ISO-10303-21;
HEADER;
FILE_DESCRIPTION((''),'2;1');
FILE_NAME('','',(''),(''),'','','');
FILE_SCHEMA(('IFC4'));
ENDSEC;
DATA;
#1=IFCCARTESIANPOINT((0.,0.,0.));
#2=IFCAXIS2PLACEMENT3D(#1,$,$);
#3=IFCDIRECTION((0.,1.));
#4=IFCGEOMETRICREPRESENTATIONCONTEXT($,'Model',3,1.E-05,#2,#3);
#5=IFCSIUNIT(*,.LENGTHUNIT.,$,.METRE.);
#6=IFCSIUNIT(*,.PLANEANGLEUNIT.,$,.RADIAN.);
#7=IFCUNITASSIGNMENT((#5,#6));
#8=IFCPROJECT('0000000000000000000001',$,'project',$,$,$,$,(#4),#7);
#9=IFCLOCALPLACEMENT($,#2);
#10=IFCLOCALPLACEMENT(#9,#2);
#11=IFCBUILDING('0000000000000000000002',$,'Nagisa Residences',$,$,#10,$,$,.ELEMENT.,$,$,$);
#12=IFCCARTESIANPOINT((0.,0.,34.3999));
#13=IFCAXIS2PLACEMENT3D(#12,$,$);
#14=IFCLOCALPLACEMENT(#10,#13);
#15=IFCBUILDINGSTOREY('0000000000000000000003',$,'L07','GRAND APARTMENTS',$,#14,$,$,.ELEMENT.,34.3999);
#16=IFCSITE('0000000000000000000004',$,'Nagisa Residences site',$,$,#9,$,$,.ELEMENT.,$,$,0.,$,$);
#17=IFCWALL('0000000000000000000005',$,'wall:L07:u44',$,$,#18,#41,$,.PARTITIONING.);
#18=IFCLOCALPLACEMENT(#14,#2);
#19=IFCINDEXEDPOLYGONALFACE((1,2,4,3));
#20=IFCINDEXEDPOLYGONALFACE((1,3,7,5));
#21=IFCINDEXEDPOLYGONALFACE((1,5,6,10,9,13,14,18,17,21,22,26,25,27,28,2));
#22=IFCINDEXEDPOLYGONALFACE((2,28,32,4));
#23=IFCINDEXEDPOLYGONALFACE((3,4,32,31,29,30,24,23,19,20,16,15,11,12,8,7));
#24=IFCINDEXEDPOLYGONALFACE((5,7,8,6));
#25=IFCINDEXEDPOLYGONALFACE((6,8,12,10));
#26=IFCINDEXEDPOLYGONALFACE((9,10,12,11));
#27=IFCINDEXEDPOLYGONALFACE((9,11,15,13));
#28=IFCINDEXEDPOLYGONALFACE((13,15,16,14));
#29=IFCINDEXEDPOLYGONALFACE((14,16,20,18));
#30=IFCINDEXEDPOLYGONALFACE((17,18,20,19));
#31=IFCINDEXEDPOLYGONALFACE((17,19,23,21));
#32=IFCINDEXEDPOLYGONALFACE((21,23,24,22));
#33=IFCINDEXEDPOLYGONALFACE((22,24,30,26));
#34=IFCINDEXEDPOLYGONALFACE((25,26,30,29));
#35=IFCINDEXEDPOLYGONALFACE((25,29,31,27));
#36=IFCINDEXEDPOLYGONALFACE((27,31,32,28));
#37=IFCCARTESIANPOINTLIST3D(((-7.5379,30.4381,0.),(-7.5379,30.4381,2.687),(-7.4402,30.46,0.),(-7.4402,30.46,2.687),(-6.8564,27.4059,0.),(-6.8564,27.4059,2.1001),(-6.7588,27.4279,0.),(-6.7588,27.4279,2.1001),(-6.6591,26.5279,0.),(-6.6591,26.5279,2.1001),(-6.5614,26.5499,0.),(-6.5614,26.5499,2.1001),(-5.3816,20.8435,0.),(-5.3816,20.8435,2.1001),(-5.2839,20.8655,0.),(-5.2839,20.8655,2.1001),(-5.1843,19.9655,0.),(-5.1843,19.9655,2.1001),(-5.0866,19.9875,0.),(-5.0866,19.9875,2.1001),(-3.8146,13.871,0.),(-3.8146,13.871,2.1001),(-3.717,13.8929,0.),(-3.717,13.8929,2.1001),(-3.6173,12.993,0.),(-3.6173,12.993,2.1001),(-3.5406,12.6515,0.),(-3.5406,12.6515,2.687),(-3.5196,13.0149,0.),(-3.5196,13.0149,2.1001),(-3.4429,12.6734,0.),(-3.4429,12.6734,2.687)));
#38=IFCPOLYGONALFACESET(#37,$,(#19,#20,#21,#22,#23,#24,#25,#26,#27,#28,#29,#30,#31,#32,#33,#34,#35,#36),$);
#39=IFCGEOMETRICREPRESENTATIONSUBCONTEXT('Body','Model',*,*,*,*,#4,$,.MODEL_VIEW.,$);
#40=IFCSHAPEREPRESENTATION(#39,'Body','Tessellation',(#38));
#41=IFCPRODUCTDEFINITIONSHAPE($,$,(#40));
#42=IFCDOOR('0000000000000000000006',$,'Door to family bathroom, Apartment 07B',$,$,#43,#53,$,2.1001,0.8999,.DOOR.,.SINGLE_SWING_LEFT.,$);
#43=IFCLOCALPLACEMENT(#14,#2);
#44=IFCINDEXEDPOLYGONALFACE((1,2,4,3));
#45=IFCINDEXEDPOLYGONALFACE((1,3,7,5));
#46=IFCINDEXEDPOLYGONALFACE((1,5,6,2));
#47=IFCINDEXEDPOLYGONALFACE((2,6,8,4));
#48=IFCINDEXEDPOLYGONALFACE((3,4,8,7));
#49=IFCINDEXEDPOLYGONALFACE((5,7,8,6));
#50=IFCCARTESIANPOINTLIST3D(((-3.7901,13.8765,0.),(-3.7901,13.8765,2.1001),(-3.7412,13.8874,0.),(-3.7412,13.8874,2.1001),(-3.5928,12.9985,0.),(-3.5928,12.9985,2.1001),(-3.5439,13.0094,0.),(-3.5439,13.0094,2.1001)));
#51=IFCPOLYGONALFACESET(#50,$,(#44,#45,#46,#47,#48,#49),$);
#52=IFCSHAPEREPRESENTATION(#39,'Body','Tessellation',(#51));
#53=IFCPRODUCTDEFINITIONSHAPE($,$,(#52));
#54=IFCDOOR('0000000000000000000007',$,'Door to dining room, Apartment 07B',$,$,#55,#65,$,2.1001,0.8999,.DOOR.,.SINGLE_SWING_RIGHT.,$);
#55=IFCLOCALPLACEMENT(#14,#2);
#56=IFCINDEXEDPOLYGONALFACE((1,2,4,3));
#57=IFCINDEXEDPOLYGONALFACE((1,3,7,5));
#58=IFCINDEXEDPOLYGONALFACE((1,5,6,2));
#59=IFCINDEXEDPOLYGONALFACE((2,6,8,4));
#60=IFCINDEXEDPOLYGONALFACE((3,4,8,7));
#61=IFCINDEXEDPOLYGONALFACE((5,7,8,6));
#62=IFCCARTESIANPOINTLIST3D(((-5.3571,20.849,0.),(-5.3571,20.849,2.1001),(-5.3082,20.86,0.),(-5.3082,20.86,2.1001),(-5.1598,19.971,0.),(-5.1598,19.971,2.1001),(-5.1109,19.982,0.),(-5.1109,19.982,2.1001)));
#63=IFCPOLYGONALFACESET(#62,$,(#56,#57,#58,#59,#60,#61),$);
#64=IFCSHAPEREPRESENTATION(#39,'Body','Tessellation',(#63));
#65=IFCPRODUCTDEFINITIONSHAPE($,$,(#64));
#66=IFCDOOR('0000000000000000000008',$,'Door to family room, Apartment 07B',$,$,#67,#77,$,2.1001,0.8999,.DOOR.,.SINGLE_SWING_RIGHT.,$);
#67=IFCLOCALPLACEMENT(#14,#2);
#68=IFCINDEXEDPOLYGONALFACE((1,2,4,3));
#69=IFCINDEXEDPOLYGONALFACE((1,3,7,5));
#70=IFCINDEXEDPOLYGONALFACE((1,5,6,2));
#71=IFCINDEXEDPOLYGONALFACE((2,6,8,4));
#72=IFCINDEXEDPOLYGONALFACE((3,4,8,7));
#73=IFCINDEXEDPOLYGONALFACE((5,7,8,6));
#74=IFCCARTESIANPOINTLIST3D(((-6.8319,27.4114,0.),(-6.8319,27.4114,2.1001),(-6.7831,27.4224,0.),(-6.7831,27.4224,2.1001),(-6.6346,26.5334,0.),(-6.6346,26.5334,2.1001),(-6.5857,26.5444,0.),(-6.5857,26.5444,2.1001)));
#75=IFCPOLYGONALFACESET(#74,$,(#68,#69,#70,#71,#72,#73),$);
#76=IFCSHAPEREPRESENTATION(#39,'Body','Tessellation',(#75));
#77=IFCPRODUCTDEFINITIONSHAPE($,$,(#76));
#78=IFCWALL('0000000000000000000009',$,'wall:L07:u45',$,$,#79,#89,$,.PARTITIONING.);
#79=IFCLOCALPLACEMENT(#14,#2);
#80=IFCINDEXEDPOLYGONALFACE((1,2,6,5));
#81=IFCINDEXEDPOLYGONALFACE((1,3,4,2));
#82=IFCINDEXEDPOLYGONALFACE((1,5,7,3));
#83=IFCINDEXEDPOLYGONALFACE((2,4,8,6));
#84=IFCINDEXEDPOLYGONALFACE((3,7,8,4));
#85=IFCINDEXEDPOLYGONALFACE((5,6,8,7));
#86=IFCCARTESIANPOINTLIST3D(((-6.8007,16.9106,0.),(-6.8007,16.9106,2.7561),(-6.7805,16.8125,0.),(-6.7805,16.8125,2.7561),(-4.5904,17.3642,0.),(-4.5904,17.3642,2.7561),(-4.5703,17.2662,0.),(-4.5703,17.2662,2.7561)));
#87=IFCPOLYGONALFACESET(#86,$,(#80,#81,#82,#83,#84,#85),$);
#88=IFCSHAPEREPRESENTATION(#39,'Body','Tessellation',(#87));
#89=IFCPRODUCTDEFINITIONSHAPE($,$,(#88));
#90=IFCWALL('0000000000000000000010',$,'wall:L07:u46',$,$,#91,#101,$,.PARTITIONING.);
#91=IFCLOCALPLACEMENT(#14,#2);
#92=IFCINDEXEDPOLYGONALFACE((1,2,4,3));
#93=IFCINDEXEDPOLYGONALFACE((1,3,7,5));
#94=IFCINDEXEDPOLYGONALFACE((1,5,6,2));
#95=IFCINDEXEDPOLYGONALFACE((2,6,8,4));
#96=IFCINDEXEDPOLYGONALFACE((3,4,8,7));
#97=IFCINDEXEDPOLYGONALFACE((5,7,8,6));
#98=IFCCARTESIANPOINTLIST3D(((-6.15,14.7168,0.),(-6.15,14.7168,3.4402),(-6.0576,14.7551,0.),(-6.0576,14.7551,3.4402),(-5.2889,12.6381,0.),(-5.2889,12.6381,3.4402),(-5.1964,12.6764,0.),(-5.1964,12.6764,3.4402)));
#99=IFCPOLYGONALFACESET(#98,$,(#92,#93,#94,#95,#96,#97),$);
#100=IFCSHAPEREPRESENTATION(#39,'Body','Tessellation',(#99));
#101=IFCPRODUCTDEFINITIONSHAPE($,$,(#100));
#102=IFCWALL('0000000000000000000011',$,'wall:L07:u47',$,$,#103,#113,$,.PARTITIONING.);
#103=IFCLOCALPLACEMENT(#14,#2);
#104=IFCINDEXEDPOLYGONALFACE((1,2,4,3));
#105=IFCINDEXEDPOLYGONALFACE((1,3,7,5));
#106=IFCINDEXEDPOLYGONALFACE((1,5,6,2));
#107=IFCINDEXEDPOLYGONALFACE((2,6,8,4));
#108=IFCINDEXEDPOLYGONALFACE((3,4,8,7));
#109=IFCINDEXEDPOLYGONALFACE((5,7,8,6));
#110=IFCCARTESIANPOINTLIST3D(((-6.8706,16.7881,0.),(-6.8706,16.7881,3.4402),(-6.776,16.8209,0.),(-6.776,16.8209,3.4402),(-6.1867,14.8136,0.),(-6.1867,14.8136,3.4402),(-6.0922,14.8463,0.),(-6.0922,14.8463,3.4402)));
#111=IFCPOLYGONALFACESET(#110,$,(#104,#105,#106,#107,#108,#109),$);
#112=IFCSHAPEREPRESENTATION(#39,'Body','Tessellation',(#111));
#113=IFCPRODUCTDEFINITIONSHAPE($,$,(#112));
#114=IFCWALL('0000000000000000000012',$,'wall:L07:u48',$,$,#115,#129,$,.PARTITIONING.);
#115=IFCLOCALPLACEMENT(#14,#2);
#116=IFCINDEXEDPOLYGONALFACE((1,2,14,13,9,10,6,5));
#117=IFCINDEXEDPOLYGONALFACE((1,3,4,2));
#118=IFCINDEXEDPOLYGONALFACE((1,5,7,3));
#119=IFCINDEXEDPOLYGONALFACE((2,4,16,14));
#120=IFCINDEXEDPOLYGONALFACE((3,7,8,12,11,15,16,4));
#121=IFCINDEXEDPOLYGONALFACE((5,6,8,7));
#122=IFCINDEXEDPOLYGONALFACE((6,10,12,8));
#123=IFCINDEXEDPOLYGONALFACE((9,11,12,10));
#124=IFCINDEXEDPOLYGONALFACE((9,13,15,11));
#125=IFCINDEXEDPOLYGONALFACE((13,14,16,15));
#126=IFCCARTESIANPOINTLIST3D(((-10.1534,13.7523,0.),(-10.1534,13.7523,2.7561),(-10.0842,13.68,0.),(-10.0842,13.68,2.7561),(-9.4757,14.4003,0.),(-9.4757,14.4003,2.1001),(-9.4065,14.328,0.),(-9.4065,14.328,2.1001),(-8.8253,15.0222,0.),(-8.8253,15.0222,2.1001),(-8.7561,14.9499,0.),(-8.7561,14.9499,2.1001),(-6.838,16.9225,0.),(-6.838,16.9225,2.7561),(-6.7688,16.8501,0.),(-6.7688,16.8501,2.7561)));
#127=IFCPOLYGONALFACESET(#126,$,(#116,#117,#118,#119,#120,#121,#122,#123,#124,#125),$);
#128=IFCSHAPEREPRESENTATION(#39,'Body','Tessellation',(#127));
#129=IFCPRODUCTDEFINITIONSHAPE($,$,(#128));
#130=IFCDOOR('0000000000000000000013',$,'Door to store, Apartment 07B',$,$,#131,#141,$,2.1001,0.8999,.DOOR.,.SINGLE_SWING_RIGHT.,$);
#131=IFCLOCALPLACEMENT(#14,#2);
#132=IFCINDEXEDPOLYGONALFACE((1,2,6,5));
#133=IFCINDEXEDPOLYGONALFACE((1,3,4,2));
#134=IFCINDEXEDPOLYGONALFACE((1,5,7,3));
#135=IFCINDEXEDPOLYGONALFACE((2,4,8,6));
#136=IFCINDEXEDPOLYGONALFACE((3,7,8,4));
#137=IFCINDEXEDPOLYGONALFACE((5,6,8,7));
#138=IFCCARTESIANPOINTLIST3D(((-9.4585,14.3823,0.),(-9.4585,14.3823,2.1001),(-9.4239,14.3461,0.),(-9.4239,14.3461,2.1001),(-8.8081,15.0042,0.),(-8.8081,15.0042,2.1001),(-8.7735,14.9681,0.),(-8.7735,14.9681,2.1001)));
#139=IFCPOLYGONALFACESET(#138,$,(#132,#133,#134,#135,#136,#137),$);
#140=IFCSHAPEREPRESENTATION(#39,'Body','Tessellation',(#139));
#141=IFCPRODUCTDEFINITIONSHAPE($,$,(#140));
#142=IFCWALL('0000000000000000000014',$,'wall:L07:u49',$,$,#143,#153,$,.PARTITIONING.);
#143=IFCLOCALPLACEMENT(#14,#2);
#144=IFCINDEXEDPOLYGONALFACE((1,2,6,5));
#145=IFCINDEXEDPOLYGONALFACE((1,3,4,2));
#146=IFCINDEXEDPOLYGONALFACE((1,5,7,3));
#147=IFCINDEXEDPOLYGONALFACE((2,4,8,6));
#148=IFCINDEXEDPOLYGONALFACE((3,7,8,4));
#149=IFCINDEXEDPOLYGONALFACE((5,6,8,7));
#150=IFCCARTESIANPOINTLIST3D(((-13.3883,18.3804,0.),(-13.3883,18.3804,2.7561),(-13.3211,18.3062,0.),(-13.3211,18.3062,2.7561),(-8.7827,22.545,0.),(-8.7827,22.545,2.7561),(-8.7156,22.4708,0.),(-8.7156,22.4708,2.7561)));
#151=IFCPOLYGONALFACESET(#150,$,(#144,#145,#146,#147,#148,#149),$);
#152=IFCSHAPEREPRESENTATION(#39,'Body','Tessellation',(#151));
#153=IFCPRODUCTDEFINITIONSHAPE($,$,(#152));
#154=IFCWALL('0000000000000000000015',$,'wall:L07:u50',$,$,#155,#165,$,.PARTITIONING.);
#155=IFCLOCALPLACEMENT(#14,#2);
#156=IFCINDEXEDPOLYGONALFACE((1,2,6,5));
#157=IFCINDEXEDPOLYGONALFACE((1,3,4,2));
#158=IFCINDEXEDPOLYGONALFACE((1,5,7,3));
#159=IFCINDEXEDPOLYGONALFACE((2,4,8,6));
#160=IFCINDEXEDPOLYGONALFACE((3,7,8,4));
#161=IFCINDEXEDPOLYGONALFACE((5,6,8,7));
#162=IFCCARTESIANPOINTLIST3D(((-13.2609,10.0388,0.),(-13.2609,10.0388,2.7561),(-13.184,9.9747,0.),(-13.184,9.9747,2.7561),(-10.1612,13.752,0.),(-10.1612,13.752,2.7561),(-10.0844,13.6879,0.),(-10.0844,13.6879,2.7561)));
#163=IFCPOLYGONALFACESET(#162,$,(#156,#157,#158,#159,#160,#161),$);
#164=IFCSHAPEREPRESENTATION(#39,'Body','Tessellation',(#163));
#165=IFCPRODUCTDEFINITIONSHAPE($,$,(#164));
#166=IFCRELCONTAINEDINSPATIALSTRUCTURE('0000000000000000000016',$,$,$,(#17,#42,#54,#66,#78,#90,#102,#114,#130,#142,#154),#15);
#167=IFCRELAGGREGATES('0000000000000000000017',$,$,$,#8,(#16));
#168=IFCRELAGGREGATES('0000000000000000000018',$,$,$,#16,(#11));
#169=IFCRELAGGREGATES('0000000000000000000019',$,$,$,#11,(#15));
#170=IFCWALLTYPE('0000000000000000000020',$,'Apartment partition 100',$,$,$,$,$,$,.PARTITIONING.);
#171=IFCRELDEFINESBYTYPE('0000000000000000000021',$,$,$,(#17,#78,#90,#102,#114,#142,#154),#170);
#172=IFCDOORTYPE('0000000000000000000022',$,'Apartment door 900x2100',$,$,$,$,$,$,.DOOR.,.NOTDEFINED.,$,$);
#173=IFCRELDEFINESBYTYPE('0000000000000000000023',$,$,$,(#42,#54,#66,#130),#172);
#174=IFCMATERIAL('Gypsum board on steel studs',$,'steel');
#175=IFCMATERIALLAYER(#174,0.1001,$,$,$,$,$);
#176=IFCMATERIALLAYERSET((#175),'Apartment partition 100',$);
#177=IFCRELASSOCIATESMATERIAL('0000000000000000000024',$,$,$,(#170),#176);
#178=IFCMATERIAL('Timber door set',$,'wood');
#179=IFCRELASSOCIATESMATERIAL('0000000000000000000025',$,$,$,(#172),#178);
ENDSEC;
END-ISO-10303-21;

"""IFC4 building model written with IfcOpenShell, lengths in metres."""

from ifc_helpers import new_model, si_unit, direction, frame, frame_2d, origin, place, context, subcontext, project, spatial, rectangle, extrude, material, layer, layer_set, type_object, element, fill, save


model = new_model("IFC4")

# Units and contexts
model_context = context("Model", 3, precision=1e-05, world=origin(), true_north=direction((0.0, 1.0)))
body_context = subcontext(model_context, "Body", "Model", "MODEL_VIEW")
ifc_project = project(units=[si_unit("LENGTHUNIT", "METRE"), si_unit("PLANEANGLEUNIT", "RADIAN")], contexts=[model_context])

# Site, building, storey
site_placement = place(None, origin())
site = spatial("IfcSite", under=ifc_project, at=site_placement, Name="Nagisa Residences site", CompositionType="ELEMENT", RefElevation=0.0)
building_placement = place(site_placement, origin())
building = spatial("IfcBuilding", under=site, at=building_placement, Name="Nagisa Residences", CompositionType="ELEMENT")
storey_placement = place(building_placement, frame((0.0, 0.0, 34.3999)))
storey = spatial("IfcBuildingStorey", under=building, at=storey_placement, Name="L07", Description="GRAND APARTMENTS", CompositionType="ELEMENT", Elevation=34.3999)

# Shared definitions
ifc_material_1 = material(Name="Gypsum board on steel studs", Category="steel")
ifc_layer = layer(ifc_material_1, 0.1001)
ifc_layer_set = layer_set([ifc_layer], Name="Apartment partition 100")
wall_type = type_object("IfcWallType", Name="Apartment partition 100", PredefinedType="PARTITIONING", material=ifc_layer_set)

# Shared definitions
ifc_material_2 = material(Name="Timber door set", Category="wood")
door_type = type_object("IfcDoorType", Name="Apartment door 900x2100", OperationType="NOTDEFINED", PredefinedType="DOOR", material=ifc_material_2)

# Wall, openings, doors
wall_1_placement = place(storey_placement, frame((-3.4917, 12.6624, 0.0), z_axis=(0.0, 0.0, 1.0), x_axis=(-0.219268, 0.975665, 0.0)))
wall_1 = element("IfcWall", 1, at=wall_1_placement, inside=storey, type_object=wall_type, Name="wall:L07:u44", PredefinedType="PARTITIONING", context=body_context, shape_type="SweptSolid", body=[
    extrude(rectangle(XDim=18.2302, YDim=0.1001, at=frame_2d((9.1152, 0.0))), origin(), (0.0, 0.0, 1.0), 2.687),
])
opening_1_placement = place(wall_1_placement, frame((0.3501, 0.0, 0.0)))
opening_1 = element("IfcOpeningElement", 2, at=opening_1_placement, cuts=wall_1, PredefinedType="OPENING", context=body_context, shape_type="SweptSolid", body=[
    extrude(rectangle(XDim=0.8999, YDim=2.1001, at=frame_2d((0.45, 1.05))), frame((0.0, 0.0601, 0.0), z_axis=(0.0, -1.0, 0.0), x_axis=(1.0, 0.0, 0.0)), (0.0, 0.0, 1.0), 0.1201),
])
opening_2_placement = place(wall_1_placement, frame((7.4966, 0.0, 0.0)))
opening_2 = element("IfcOpeningElement", 3, at=opening_2_placement, cuts=wall_1, PredefinedType="OPENING", context=body_context, shape_type="SweptSolid", body=[
    extrude(rectangle(XDim=0.8999, YDim=2.1001, at=frame_2d((0.45, 1.05))), frame((0.0, 0.0601, 0.0), z_axis=(0.0, -1.0, 0.0), x_axis=(1.0, 0.0, 0.0)), (0.0, 0.0, 1.0), 0.1201),
])
opening_3_placement = place(wall_1_placement, frame((14.2227, 0.0, 0.0)))
opening_3 = element("IfcOpeningElement", 4, at=opening_3_placement, cuts=wall_1, PredefinedType="OPENING", context=body_context, shape_type="SweptSolid", body=[
    extrude(rectangle(XDim=0.8999, YDim=2.1001, at=frame_2d((0.45, 1.05))), frame((0.0, 0.0601, 0.0), z_axis=(0.0, -1.0, 0.0), x_axis=(1.0, 0.0, 0.0)), (0.0, 0.0, 1.0), 0.1201),
])
door_1_placement = place(opening_1_placement, origin())
door_1 = element("IfcDoor", 5, at=door_1_placement, inside=storey, type_object=door_type, Name="Door to family bathroom, Apartment 07B", OperationType="SINGLE_SWING_LEFT", OverallHeight=2.1001, OverallWidth=0.8999, PredefinedType="DOOR", context=body_context, shape_type="SweptSolid", body=[
    extrude(rectangle(XDim=0.8999, YDim=2.1001, at=frame_2d((0.45, 1.05))), frame((0.0, 0.0249, 0.0), z_axis=(0.0, -1.0, 0.0), x_axis=(1.0, 0.0, 0.0)), (0.0, 0.0, 1.0), 0.05),
])
fill(opening_1, door_1)
door_2_placement = place(opening_2_placement, origin())
door_2 = element("IfcDoor", 6, at=door_2_placement, inside=storey, type_object=door_type, Name="Door to dining room, Apartment 07B", OperationType="SINGLE_SWING_RIGHT", OverallHeight=2.1001, OverallWidth=0.8999, PredefinedType="DOOR", context=body_context, shape_type="SweptSolid", body=[
    extrude(rectangle(XDim=0.8999, YDim=2.1001, at=frame_2d((0.45, 1.05))), frame((0.0, 0.0249, 0.0), z_axis=(0.0, -1.0, 0.0), x_axis=(1.0, 0.0, 0.0)), (0.0, 0.0, 1.0), 0.05),
])
fill(opening_2, door_2)
door_3_placement = place(opening_3_placement, origin())
door_3 = element("IfcDoor", 7, at=door_3_placement, inside=storey, type_object=door_type, Name="Door to family room, Apartment 07B", OperationType="SINGLE_SWING_RIGHT", OverallHeight=2.1001, OverallWidth=0.8999, PredefinedType="DOOR", context=body_context, shape_type="SweptSolid", body=[
    extrude(rectangle(XDim=0.8999, YDim=2.1001, at=frame_2d((0.45, 1.05))), frame((0.0, 0.0249, 0.0), z_axis=(0.0, -1.0, 0.0), x_axis=(1.0, 0.0, 0.0)), (0.0, 0.0, 1.0), 0.05),
])
fill(opening_3, door_3)

# Walls
wall_2_placement = place(storey_placement, frame((-4.5803, 17.3152, 0.0), z_axis=(0.0, 0.0, 1.0), x_axis=(-0.979582, -0.201045, 0.0)))
element("IfcWall", 8, at=wall_2_placement, inside=storey, type_object=wall_type, Name="wall:L07:u45", PredefinedType="PARTITIONING", context=body_context, shape_type="SweptSolid", body=[
    extrude(rectangle(XDim=2.2563, YDim=0.1001, at=frame_2d((1.1282, 0.0))), origin(), (0.0, 0.0, 1.0), 2.7561),
])
wall_3_placement = place(storey_placement, frame((-5.2427, 12.6572, 0.0), z_axis=(0.0, 0.0, 1.0), x_axis=(-0.382719, 0.923865, 0.0)))
element("IfcWall", 9, at=wall_3_placement, inside=storey, type_object=wall_type, Name="wall:L07:u46", PredefinedType="PARTITIONING", context=body_context, shape_type="SweptSolid", body=[
    extrude(rectangle(XDim=2.25, YDim=0.1001, at=frame_2d((1.125, 0.0))), origin(), (0.0, 0.0, 1.0), 3.4402),
])
wall_4_placement = place(storey_placement, frame((-6.1394, 14.8298, 0.0), z_axis=(0.0, 0.0, 1.0), x_axis=(-0.327247, 0.944939, 0.0)))
element("IfcWall", 10, at=wall_4_placement, inside=storey, type_object=wall_type, Name="wall:L07:u47", PredefinedType="PARTITIONING", context=body_context, shape_type="SweptSolid", body=[
    extrude(rectangle(XDim=2.0896, YDim=0.1001, at=frame_2d((1.0449, 0.0))), origin(), (0.0, 0.0, 1.0), 3.4402),
])

# Wall, opening, door
wall_5_placement = place(storey_placement, frame((-6.8035, 16.8862, 0.0), z_axis=(0.0, 0.0, 1.0), x_axis=(-0.722763, -0.691096, 0.0)))
wall_5 = element("IfcWall", 11, at=wall_5_placement, inside=storey, type_object=wall_type, Name="wall:L07:u48", PredefinedType="PARTITIONING", context=body_context, shape_type="SweptSolid", body=[
    extrude(rectangle(XDim=4.5872, YDim=0.1001, at=frame_2d((2.2935, 0.0))), origin(), (0.0, 0.0, 1.0), 2.7561),
])
opening_4_placement = place(wall_5_placement, frame((2.7495, 0.0, 0.0)))
opening_4 = element("IfcOpeningElement", 12, at=opening_4_placement, cuts=wall_5, PredefinedType="OPENING", context=body_context, shape_type="SweptSolid", body=[
    extrude(rectangle(XDim=0.8999, YDim=2.1001, at=frame_2d((0.45, 1.05))), frame((0.0, 0.0601, 0.0), z_axis=(0.0, -1.0, 0.0), x_axis=(1.0, 0.0, 0.0)), (0.0, 0.0, 1.0), 0.1201),
])
door_4_placement = place(opening_4_placement, origin())
door_4 = element("IfcDoor", 13, at=door_4_placement, inside=storey, type_object=door_type, Name="Door to store, Apartment 07B", OperationType="SINGLE_SWING_RIGHT", OverallHeight=2.1001, OverallWidth=0.8999, PredefinedType="DOOR", context=body_context, shape_type="SweptSolid", body=[
    extrude(rectangle(XDim=0.8999, YDim=2.1001, at=frame_2d((0.45, 1.05))), frame((0.0, 0.0249, 0.0), z_axis=(0.0, -1.0, 0.0), x_axis=(1.0, 0.0, 0.0)), (0.0, 0.0, 1.0), 0.05),
])
fill(opening_4, door_4)

# Walls
wall_6_placement = place(storey_placement, frame((-8.7493, 22.5078, 0.0), z_axis=(0.0, 0.0, 1.0), x_axis=(-0.74172, -0.670709, 0.0)))
element("IfcWall", 14, at=wall_6_placement, inside=storey, type_object=wall_type, Name="wall:L07:u49", PredefinedType="PARTITIONING", context=body_context, shape_type="SweptSolid", body=[
    extrude(rectangle(XDim=6.2092, YDim=0.1001, at=frame_2d((3.1045, 0.0))), origin(), (0.0, 0.0, 1.0), 2.7561),
])
wall_7_placement = place(storey_placement, frame((-10.1228, 13.72, 0.0), z_axis=(0.0, 0.0, 1.0), x_axis=(-0.640835, -0.767679, 0.0)))
element("IfcWall", 15, at=wall_7_placement, inside=storey, type_object=wall_type, Name="wall:L07:u50", PredefinedType="PARTITIONING", context=body_context, shape_type="SweptSolid", body=[
    extrude(rectangle(XDim=4.8369, YDim=0.1001, at=frame_2d((2.4185, 0.0))), origin(), (0.0, 0.0, 1.0), 2.7561),
])

save(model, "model.ifc")
